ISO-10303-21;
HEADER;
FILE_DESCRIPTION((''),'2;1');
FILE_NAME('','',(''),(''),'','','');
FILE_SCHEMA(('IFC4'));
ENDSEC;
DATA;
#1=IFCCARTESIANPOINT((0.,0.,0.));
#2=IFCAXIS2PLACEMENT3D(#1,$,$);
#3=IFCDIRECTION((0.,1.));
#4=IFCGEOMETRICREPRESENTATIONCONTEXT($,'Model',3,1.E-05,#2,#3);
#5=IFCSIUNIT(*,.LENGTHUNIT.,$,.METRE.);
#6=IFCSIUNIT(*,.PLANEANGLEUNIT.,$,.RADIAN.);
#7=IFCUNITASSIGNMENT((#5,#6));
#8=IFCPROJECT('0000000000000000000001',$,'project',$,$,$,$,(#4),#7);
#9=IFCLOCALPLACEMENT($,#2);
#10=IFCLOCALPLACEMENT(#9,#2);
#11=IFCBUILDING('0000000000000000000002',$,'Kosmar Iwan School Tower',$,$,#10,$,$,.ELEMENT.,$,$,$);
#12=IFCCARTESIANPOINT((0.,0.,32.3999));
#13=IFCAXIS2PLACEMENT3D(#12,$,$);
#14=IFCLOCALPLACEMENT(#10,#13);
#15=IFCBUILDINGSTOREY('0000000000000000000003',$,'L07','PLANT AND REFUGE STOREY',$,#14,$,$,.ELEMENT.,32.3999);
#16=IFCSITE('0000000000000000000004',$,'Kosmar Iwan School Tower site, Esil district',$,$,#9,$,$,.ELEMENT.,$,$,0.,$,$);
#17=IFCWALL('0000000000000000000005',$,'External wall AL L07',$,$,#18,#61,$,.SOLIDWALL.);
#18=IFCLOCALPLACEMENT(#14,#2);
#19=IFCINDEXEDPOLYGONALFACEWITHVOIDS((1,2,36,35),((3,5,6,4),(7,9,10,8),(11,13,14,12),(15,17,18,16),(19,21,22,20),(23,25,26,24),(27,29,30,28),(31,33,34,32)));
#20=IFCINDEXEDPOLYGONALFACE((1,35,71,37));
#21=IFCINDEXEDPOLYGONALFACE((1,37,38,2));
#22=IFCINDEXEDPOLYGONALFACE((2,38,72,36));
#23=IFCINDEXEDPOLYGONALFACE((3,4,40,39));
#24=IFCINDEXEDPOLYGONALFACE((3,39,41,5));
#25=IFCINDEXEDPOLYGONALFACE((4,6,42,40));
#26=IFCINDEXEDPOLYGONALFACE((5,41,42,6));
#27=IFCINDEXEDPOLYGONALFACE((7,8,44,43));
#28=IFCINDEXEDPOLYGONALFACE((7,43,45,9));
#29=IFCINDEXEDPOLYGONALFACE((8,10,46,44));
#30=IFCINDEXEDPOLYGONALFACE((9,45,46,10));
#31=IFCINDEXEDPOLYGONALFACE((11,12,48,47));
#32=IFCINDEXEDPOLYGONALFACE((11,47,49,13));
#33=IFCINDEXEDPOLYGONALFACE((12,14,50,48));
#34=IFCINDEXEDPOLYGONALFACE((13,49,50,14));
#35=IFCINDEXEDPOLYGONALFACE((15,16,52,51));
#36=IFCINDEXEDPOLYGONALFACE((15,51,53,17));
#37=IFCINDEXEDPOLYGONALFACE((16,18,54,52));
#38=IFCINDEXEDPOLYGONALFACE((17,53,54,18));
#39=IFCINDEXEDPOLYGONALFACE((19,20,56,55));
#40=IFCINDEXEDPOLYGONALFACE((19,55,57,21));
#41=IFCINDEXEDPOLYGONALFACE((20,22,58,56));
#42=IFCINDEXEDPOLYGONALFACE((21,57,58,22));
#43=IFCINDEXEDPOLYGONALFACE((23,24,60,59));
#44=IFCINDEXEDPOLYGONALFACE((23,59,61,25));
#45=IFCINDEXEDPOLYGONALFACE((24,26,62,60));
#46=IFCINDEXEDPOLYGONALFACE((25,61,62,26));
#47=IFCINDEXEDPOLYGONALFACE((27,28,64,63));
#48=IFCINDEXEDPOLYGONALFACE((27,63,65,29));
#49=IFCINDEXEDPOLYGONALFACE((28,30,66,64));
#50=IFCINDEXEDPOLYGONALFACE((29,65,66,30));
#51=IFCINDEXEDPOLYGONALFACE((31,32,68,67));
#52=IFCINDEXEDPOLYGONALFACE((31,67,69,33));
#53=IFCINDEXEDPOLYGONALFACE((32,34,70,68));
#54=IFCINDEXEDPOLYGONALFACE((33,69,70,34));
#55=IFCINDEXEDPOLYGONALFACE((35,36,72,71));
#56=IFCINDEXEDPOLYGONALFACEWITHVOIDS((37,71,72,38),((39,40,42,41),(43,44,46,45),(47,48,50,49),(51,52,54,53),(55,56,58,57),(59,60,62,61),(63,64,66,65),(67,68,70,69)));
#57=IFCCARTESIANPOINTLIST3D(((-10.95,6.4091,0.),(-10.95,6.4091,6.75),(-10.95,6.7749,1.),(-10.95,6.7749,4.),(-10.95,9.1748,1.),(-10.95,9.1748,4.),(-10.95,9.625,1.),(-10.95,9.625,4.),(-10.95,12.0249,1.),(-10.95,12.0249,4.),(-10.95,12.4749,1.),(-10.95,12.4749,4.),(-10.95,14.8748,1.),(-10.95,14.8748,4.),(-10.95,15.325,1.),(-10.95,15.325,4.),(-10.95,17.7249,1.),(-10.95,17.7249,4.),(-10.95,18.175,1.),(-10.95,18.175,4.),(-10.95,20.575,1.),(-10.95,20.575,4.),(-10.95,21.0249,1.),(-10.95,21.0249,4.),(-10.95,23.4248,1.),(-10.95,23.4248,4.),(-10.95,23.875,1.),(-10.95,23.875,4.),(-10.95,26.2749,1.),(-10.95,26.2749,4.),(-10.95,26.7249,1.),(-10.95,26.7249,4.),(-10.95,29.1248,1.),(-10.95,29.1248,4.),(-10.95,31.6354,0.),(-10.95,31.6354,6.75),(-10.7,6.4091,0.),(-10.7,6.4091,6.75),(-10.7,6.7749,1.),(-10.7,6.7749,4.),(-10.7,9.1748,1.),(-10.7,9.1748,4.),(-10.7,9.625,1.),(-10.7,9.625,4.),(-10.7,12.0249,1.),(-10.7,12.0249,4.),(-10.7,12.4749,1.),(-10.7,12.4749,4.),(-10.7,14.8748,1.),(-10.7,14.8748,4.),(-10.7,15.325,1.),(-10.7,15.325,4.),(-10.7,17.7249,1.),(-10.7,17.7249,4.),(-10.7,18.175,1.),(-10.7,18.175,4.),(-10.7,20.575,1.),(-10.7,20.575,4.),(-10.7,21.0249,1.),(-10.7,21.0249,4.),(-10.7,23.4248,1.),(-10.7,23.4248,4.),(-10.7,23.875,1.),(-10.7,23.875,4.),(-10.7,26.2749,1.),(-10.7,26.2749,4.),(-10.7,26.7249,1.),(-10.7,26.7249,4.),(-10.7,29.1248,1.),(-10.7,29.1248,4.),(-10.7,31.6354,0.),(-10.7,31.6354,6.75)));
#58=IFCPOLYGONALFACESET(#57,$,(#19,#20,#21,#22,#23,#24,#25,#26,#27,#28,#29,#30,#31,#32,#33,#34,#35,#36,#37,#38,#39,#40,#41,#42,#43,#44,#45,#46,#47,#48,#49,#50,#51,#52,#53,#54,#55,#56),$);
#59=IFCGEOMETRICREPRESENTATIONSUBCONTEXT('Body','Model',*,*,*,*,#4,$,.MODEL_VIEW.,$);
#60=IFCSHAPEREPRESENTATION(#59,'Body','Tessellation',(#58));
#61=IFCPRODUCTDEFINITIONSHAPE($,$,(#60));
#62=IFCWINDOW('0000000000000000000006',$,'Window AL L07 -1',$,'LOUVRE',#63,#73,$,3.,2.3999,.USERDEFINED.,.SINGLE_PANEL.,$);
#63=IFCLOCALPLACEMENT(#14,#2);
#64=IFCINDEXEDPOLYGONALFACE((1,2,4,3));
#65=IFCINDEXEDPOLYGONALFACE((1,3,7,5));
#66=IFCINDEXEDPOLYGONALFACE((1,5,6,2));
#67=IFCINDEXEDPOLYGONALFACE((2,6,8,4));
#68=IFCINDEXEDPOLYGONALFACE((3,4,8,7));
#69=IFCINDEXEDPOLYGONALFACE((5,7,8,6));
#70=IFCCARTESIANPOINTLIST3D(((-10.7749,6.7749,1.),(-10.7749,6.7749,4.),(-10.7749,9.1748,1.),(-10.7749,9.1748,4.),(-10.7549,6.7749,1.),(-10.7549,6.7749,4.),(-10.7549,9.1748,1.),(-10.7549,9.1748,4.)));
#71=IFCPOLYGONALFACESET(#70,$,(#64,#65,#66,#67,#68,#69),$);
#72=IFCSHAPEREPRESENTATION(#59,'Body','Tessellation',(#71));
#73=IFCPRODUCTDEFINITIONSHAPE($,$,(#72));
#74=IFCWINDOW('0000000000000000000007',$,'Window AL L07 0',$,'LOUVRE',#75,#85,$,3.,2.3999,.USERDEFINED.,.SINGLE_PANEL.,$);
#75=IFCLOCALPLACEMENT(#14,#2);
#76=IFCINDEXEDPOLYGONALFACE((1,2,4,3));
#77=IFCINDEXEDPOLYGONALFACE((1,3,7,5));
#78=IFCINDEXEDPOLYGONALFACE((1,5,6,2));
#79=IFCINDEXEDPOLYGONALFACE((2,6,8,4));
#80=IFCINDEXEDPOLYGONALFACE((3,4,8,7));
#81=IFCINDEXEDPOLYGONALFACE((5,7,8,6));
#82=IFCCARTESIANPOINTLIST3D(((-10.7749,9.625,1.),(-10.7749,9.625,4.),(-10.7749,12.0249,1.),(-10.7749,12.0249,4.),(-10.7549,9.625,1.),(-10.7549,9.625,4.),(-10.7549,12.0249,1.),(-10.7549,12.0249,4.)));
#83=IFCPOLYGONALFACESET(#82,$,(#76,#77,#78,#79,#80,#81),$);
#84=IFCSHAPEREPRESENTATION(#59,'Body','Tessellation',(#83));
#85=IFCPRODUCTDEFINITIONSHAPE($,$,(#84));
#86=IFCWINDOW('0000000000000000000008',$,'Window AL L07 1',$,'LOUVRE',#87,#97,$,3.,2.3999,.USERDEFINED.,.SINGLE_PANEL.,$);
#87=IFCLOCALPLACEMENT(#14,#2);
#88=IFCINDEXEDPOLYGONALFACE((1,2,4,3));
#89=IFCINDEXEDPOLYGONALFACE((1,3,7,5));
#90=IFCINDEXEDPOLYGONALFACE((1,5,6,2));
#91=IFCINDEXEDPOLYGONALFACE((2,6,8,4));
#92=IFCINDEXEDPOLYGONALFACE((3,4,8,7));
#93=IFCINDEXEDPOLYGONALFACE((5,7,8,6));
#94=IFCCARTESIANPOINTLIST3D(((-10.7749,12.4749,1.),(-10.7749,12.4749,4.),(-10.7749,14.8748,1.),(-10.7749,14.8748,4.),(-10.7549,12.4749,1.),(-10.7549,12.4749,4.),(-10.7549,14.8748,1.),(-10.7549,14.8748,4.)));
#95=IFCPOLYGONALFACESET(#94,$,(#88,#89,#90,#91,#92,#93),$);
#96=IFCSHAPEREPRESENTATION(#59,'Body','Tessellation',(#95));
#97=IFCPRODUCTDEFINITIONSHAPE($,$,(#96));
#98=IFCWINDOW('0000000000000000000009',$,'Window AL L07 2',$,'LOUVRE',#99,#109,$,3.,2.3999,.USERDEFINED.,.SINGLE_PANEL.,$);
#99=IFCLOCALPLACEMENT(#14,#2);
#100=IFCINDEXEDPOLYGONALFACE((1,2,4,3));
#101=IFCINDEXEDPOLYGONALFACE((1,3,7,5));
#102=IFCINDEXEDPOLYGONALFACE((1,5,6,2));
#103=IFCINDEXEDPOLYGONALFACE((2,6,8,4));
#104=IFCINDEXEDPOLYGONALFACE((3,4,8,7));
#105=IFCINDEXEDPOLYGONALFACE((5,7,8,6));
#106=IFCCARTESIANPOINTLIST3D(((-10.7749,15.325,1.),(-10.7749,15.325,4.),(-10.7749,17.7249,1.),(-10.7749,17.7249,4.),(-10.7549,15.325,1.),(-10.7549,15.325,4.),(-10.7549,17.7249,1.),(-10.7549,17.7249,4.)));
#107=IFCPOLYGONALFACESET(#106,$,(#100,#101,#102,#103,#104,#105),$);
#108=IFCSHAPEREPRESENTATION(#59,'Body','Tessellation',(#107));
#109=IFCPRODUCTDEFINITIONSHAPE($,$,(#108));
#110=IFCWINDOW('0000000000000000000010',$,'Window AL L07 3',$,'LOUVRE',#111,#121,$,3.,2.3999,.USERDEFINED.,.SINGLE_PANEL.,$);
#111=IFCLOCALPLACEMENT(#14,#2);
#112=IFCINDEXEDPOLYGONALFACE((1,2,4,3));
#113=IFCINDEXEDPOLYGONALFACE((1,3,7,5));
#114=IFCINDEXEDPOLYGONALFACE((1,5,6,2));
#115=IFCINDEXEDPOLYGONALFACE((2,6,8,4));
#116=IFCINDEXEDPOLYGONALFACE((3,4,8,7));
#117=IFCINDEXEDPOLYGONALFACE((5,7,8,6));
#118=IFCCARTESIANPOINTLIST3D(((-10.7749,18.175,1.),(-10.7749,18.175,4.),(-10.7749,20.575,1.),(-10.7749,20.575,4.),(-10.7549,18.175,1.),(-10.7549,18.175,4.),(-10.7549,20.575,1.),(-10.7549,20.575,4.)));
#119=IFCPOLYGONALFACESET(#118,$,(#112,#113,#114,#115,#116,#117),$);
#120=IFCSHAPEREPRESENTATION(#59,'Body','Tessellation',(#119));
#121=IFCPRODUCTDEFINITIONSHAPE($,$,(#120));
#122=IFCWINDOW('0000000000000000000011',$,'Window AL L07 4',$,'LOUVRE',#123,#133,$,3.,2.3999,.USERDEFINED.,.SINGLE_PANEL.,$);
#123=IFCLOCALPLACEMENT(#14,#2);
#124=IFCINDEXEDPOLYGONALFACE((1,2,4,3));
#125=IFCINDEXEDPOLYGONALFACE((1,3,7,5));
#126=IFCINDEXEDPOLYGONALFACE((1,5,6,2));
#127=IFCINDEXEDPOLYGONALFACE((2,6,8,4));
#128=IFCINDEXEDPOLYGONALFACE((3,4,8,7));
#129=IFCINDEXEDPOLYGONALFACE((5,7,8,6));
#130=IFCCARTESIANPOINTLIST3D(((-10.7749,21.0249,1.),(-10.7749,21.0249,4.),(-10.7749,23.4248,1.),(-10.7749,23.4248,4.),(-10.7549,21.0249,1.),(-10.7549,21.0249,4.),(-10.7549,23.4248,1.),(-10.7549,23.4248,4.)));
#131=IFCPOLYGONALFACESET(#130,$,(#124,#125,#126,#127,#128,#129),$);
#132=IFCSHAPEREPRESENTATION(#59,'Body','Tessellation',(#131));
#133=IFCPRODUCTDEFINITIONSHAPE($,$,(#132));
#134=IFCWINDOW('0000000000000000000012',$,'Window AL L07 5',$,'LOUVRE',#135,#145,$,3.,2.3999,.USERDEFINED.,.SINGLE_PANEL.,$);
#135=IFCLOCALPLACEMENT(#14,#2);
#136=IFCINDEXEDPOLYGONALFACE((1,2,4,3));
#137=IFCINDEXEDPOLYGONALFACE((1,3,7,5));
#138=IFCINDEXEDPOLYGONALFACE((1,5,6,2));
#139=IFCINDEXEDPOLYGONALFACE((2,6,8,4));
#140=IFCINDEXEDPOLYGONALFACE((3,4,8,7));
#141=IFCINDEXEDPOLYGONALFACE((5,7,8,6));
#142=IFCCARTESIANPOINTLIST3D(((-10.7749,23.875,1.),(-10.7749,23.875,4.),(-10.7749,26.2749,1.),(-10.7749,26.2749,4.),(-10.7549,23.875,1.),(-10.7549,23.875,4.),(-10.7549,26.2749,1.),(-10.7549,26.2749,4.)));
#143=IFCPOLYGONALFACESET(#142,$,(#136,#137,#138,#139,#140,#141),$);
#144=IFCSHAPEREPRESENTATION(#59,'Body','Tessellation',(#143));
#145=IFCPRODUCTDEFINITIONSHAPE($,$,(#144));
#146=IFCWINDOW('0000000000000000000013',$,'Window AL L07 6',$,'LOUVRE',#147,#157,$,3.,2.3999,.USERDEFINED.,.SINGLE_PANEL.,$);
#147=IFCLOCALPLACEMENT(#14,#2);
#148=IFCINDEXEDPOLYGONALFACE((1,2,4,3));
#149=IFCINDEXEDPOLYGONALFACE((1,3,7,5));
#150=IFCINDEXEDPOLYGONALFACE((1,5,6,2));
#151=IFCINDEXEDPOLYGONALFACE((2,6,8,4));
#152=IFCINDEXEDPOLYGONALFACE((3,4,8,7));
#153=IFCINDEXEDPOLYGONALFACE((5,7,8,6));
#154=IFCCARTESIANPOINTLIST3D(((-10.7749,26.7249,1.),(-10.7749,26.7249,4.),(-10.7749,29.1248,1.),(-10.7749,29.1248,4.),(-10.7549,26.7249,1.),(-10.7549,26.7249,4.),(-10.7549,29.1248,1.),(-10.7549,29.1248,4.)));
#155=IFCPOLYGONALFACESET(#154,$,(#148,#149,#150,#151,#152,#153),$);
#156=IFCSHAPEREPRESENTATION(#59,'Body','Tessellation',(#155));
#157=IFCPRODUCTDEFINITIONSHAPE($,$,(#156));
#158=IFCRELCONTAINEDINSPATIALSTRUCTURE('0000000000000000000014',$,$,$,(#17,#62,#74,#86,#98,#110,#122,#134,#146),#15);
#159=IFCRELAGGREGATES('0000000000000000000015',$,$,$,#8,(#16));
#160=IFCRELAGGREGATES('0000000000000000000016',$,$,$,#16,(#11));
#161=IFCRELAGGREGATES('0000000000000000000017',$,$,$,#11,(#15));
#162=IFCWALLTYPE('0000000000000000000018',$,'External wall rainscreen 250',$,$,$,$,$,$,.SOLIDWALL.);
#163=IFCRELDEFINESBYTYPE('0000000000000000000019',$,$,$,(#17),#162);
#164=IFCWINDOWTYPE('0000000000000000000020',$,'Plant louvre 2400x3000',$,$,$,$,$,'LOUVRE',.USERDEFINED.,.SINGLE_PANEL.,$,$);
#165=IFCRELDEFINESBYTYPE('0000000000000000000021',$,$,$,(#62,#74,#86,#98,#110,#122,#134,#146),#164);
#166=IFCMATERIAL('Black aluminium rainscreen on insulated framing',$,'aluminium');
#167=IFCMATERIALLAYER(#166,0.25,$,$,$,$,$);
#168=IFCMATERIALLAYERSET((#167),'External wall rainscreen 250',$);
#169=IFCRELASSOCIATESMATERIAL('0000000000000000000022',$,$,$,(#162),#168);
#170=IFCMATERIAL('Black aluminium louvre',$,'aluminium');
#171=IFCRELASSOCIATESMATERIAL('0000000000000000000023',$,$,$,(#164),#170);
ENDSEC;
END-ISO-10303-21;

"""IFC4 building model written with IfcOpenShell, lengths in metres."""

from ifc_helpers import new_model, si_unit, direction, frame, frame_2d, origin, place, context, subcontext, project, spatial, rectangle, extrude, material, layer, layer_set, type_object, element, fill, save


model = new_model("IFC4")

# Units and contexts
model_context = context("Model", 3, precision=1e-05, world=origin(), true_north=direction((0.0, 1.0)))
body_context = subcontext(model_context, "Body", "Model", "MODEL_VIEW")
ifc_project = project(units=[si_unit("LENGTHUNIT", "METRE"), si_unit("PLANEANGLEUNIT", "RADIAN")], contexts=[model_context])

# Site, building, storey
site_placement = place(None, origin())
site = spatial("IfcSite", under=ifc_project, at=site_placement, Name="Kosmar Iwan School Tower site, Esil district", CompositionType="ELEMENT", RefElevation=0.0)
building_placement = place(site_placement, origin())
building = spatial("IfcBuilding", under=site, at=building_placement, Name="Kosmar Iwan School Tower", CompositionType="ELEMENT")
storey_placement = place(building_placement, frame((0.0, 0.0, 32.3999)))
storey = spatial("IfcBuildingStorey", under=building, at=storey_placement, Name="L07", Description="PLANT AND REFUGE STOREY", CompositionType="ELEMENT", Elevation=32.3999)

# Wall, openings, windows
ifc_material_1 = material(Name="Black aluminium rainscreen on insulated framing", Category="aluminium")
ifc_layer = layer(ifc_material_1, 0.25)
ifc_layer_set = layer_set([ifc_layer], Name="External wall rainscreen 250")
wall_type = type_object("IfcWallType", Name="External wall rainscreen 250", PredefinedType="SOLIDWALL", material=ifc_layer_set)
wall_1_placement = place(storey_placement, frame((-10.825, 6.4089, 0.0), z_axis=(0.0, 0.0, 1.0), x_axis=(0.0, 1.0, 0.0)))
wall_1 = element("IfcWall", 1, at=wall_1_placement, inside=storey, type_object=wall_type, Name="External wall AL L07", PredefinedType="SOLIDWALL", context=body_context, shape_type="SweptSolid", body=[
    extrude(rectangle(XDim=25.2263, YDim=0.25, at=frame_2d((12.6133, 0.0))), origin(), (0.0, 0.0, 1.0), 6.75),
])
opening_1_placement = place(wall_1_placement, frame((0.366, 0.0, 1.0)))
opening_1 = element("IfcOpeningElement", 2, at=opening_1_placement, cuts=wall_1, PredefinedType="OPENING", context=body_context, shape_type="SweptSolid", body=[
    extrude(rectangle(XDim=2.3999, YDim=3.0, at=frame_2d((1.2, 1.5))), frame((0.0, 0.137, 0.0), z_axis=(0.0, -1.0, 0.0), x_axis=(1.0, 0.0, 0.0)), (0.0, 0.0, 1.0), 0.2739),
])
opening_2_placement = place(wall_1_placement, frame((3.2161, 0.0, 1.0)))
opening_2 = element("IfcOpeningElement", 3, at=opening_2_placement, cuts=wall_1, PredefinedType="OPENING", context=body_context, shape_type="SweptSolid", body=[
    extrude(rectangle(XDim=2.3999, YDim=3.0, at=frame_2d((1.2, 1.5))), frame((0.0, 0.137, 0.0), z_axis=(0.0, -1.0, 0.0), x_axis=(1.0, 0.0, 0.0)), (0.0, 0.0, 1.0), 0.2739),
])
opening_3_placement = place(wall_1_placement, frame((6.0659, 0.0, 1.0)))
opening_3 = element("IfcOpeningElement", 4, at=opening_3_placement, cuts=wall_1, PredefinedType="OPENING", context=body_context, shape_type="SweptSolid", body=[
    extrude(rectangle(XDim=2.3999, YDim=3.0, at=frame_2d((1.2, 1.5))), frame((0.0, 0.137, 0.0), z_axis=(0.0, -1.0, 0.0), x_axis=(1.0, 0.0, 0.0)), (0.0, 0.0, 1.0), 0.2739),
])
opening_4_placement = place(wall_1_placement, frame((8.916, 0.0, 1.0)))
opening_4 = element("IfcOpeningElement", 5, at=opening_4_placement, cuts=wall_1, PredefinedType="OPENING", context=body_context, shape_type="SweptSolid", body=[
    extrude(rectangle(XDim=2.3999, YDim=3.0, at=frame_2d((1.2, 1.5))), frame((0.0, 0.137, 0.0), z_axis=(0.0, -1.0, 0.0), x_axis=(1.0, 0.0, 0.0)), (0.0, 0.0, 1.0), 0.2739),
])
opening_5_placement = place(wall_1_placement, frame((11.7661, 0.0, 1.0)))
opening_5 = element("IfcOpeningElement", 6, at=opening_5_placement, cuts=wall_1, PredefinedType="OPENING", context=body_context, shape_type="SweptSolid", body=[
    extrude(rectangle(XDim=2.3999, YDim=3.0, at=frame_2d((1.2, 1.5))), frame((0.0, 0.137, 0.0), z_axis=(0.0, -1.0, 0.0), x_axis=(1.0, 0.0, 0.0)), (0.0, 0.0, 1.0), 0.2739),
])
opening_6_placement = place(wall_1_placement, frame((14.616, 0.0, 1.0)))
opening_6 = element("IfcOpeningElement", 7, at=opening_6_placement, cuts=wall_1, PredefinedType="OPENING", context=body_context, shape_type="SweptSolid", body=[
    extrude(rectangle(XDim=2.3999, YDim=3.0, at=frame_2d((1.2, 1.5))), frame((0.0, 0.137, 0.0), z_axis=(0.0, -1.0, 0.0), x_axis=(1.0, 0.0, 0.0)), (0.0, 0.0, 1.0), 0.2739),
])
opening_7_placement = place(wall_1_placement, frame((17.4661, 0.0, 1.0)))
opening_7 = element("IfcOpeningElement", 8, at=opening_7_placement, cuts=wall_1, PredefinedType="OPENING", context=body_context, shape_type="SweptSolid", body=[
    extrude(rectangle(XDim=2.3999, YDim=3.0, at=frame_2d((1.2, 1.5))), frame((0.0, 0.137, 0.0), z_axis=(0.0, -1.0, 0.0), x_axis=(1.0, 0.0, 0.0)), (0.0, 0.0, 1.0), 0.2739),
])
opening_8_placement = place(wall_1_placement, frame((20.3159, 0.0, 1.0)))
opening_8 = element("IfcOpeningElement", 9, at=opening_8_placement, cuts=wall_1, PredefinedType="OPENING", context=body_context, shape_type="SweptSolid", body=[
    extrude(rectangle(XDim=2.3999, YDim=3.0, at=frame_2d((1.2, 1.5))), frame((0.0, 0.137, 0.0), z_axis=(0.0, -1.0, 0.0), x_axis=(1.0, 0.0, 0.0)), (0.0, 0.0, 1.0), 0.2739),
])
ifc_material_2 = material(Name="Black aluminium louvre", Category="aluminium")
window_type = type_object("IfcWindowType", Name="Plant louvre 2400x3000", ElementType="LOUVRE", PartitioningType="SINGLE_PANEL", PredefinedType="USERDEFINED", material=ifc_material_2)
window_1_placement = place(opening_1_placement, origin())
window_1 = element("IfcWindow", 10, at=window_1_placement, inside=storey, type_object=window_type, Name="Window AL L07 -1", ObjectType="LOUVRE", OverallHeight=3.0, OverallWidth=2.3999, PartitioningType="SINGLE_PANEL", PredefinedType="USERDEFINED", context=body_context, shape_type="SweptSolid", body=[
    extrude(rectangle(XDim=2.3999, YDim=3.0, at=frame_2d((1.2, 1.5))), frame((0.0, -0.05, 0.0), z_axis=(0.0, -1.0, 0.0), x_axis=(1.0, 0.0, 0.0)), (0.0, 0.0, 1.0), 0.02),
])
fill(opening_1, window_1)
window_2_placement = place(opening_2_placement, origin())
window_2 = element("IfcWindow", 11, at=window_2_placement, inside=storey, type_object=window_type, Name="Window AL L07 0", ObjectType="LOUVRE", OverallHeight=3.0, OverallWidth=2.3999, PartitioningType="SINGLE_PANEL", PredefinedType="USERDEFINED", context=body_context, shape_type="SweptSolid", body=[
    extrude(rectangle(XDim=2.3999, YDim=3.0, at=frame_2d((1.2, 1.5))), frame((0.0, -0.05, 0.0), z_axis=(0.0, -1.0, 0.0), x_axis=(1.0, 0.0, 0.0)), (0.0, 0.0, 1.0), 0.02),
])
fill(opening_2, window_2)
window_3_placement = place(opening_3_placement, origin())
window_3 = element("IfcWindow", 12, at=window_3_placement, inside=storey, type_object=window_type, Name="Window AL L07 1", ObjectType="LOUVRE", OverallHeight=3.0, OverallWidth=2.3999, PartitioningType="SINGLE_PANEL", PredefinedType="USERDEFINED", context=body_context, shape_type="SweptSolid", body=[
    extrude(rectangle(XDim=2.3999, YDim=3.0, at=frame_2d((1.2, 1.5))), frame((0.0, -0.05, 0.0), z_axis=(0.0, -1.0, 0.0), x_axis=(1.0, 0.0, 0.0)), (0.0, 0.0, 1.0), 0.02),
])
fill(opening_3, window_3)
window_4_placement = place(opening_4_placement, origin())
window_4 = element("IfcWindow", 13, at=window_4_placement, inside=storey, type_object=window_type, Name="Window AL L07 2", ObjectType="LOUVRE", OverallHeight=3.0, OverallWidth=2.3999, PartitioningType="SINGLE_PANEL", PredefinedType="USERDEFINED", context=body_context, shape_type="SweptSolid", body=[
    extrude(rectangle(XDim=2.3999, YDim=3.0, at=frame_2d((1.2, 1.5))), frame((0.0, -0.05, 0.0), z_axis=(0.0, -1.0, 0.0), x_axis=(1.0, 0.0, 0.0)), (0.0, 0.0, 1.0), 0.02),
])
fill(opening_4, window_4)
window_5_placement = place(opening_5_placement, origin())
window_5 = element("IfcWindow", 14, at=window_5_placement, inside=storey, type_object=window_type, Name="Window AL L07 3", ObjectType="LOUVRE", OverallHeight=3.0, OverallWidth=2.3999, PartitioningType="SINGLE_PANEL", PredefinedType="USERDEFINED", context=body_context, shape_type="SweptSolid", body=[
    extrude(rectangle(XDim=2.3999, YDim=3.0, at=frame_2d((1.2, 1.5))), frame((0.0, -0.05, 0.0), z_axis=(0.0, -1.0, 0.0), x_axis=(1.0, 0.0, 0.0)), (0.0, 0.0, 1.0), 0.02),
])
fill(opening_5, window_5)
window_6_placement = place(opening_6_placement, origin())
window_6 = element("IfcWindow", 15, at=window_6_placement, inside=storey, type_object=window_type, Name="Window AL L07 4", ObjectType="LOUVRE", OverallHeight=3.0, OverallWidth=2.3999, PartitioningType="SINGLE_PANEL", PredefinedType="USERDEFINED", context=body_context, shape_type="SweptSolid", body=[
    extrude(rectangle(XDim=2.3999, YDim=3.0, at=frame_2d((1.2, 1.5))), frame((0.0, -0.05, 0.0), z_axis=(0.0, -1.0, 0.0), x_axis=(1.0, 0.0, 0.0)), (0.0, 0.0, 1.0), 0.02),
])
fill(opening_6, window_6)
window_7_placement = place(opening_7_placement, origin())
window_7 = element("IfcWindow", 16, at=window_7_placement, inside=storey, type_object=window_type, Name="Window AL L07 5", ObjectType="LOUVRE", OverallHeight=3.0, OverallWidth=2.3999, PartitioningType="SINGLE_PANEL", PredefinedType="USERDEFINED", context=body_context, shape_type="SweptSolid", body=[
    extrude(rectangle(XDim=2.3999, YDim=3.0, at=frame_2d((1.2, 1.5))), frame((0.0, -0.05, 0.0), z_axis=(0.0, -1.0, 0.0), x_axis=(1.0, 0.0, 0.0)), (0.0, 0.0, 1.0), 0.02),
])
fill(opening_7, window_7)
window_8_placement = place(opening_8_placement, origin())
window_8 = element("IfcWindow", 17, at=window_8_placement, inside=storey, type_object=window_type, Name="Window AL L07 6", ObjectType="LOUVRE", OverallHeight=3.0, OverallWidth=2.3999, PartitioningType="SINGLE_PANEL", PredefinedType="USERDEFINED", context=body_context, shape_type="SweptSolid", body=[
    extrude(rectangle(XDim=2.3999, YDim=3.0, at=frame_2d((1.2, 1.5))), frame((0.0, -0.05, 0.0), z_axis=(0.0, -1.0, 0.0), x_axis=(1.0, 0.0, 0.0)), (0.0, 0.0, 1.0), 0.02),
])
fill(opening_8, window_8)

save(model, "model.ifc")
